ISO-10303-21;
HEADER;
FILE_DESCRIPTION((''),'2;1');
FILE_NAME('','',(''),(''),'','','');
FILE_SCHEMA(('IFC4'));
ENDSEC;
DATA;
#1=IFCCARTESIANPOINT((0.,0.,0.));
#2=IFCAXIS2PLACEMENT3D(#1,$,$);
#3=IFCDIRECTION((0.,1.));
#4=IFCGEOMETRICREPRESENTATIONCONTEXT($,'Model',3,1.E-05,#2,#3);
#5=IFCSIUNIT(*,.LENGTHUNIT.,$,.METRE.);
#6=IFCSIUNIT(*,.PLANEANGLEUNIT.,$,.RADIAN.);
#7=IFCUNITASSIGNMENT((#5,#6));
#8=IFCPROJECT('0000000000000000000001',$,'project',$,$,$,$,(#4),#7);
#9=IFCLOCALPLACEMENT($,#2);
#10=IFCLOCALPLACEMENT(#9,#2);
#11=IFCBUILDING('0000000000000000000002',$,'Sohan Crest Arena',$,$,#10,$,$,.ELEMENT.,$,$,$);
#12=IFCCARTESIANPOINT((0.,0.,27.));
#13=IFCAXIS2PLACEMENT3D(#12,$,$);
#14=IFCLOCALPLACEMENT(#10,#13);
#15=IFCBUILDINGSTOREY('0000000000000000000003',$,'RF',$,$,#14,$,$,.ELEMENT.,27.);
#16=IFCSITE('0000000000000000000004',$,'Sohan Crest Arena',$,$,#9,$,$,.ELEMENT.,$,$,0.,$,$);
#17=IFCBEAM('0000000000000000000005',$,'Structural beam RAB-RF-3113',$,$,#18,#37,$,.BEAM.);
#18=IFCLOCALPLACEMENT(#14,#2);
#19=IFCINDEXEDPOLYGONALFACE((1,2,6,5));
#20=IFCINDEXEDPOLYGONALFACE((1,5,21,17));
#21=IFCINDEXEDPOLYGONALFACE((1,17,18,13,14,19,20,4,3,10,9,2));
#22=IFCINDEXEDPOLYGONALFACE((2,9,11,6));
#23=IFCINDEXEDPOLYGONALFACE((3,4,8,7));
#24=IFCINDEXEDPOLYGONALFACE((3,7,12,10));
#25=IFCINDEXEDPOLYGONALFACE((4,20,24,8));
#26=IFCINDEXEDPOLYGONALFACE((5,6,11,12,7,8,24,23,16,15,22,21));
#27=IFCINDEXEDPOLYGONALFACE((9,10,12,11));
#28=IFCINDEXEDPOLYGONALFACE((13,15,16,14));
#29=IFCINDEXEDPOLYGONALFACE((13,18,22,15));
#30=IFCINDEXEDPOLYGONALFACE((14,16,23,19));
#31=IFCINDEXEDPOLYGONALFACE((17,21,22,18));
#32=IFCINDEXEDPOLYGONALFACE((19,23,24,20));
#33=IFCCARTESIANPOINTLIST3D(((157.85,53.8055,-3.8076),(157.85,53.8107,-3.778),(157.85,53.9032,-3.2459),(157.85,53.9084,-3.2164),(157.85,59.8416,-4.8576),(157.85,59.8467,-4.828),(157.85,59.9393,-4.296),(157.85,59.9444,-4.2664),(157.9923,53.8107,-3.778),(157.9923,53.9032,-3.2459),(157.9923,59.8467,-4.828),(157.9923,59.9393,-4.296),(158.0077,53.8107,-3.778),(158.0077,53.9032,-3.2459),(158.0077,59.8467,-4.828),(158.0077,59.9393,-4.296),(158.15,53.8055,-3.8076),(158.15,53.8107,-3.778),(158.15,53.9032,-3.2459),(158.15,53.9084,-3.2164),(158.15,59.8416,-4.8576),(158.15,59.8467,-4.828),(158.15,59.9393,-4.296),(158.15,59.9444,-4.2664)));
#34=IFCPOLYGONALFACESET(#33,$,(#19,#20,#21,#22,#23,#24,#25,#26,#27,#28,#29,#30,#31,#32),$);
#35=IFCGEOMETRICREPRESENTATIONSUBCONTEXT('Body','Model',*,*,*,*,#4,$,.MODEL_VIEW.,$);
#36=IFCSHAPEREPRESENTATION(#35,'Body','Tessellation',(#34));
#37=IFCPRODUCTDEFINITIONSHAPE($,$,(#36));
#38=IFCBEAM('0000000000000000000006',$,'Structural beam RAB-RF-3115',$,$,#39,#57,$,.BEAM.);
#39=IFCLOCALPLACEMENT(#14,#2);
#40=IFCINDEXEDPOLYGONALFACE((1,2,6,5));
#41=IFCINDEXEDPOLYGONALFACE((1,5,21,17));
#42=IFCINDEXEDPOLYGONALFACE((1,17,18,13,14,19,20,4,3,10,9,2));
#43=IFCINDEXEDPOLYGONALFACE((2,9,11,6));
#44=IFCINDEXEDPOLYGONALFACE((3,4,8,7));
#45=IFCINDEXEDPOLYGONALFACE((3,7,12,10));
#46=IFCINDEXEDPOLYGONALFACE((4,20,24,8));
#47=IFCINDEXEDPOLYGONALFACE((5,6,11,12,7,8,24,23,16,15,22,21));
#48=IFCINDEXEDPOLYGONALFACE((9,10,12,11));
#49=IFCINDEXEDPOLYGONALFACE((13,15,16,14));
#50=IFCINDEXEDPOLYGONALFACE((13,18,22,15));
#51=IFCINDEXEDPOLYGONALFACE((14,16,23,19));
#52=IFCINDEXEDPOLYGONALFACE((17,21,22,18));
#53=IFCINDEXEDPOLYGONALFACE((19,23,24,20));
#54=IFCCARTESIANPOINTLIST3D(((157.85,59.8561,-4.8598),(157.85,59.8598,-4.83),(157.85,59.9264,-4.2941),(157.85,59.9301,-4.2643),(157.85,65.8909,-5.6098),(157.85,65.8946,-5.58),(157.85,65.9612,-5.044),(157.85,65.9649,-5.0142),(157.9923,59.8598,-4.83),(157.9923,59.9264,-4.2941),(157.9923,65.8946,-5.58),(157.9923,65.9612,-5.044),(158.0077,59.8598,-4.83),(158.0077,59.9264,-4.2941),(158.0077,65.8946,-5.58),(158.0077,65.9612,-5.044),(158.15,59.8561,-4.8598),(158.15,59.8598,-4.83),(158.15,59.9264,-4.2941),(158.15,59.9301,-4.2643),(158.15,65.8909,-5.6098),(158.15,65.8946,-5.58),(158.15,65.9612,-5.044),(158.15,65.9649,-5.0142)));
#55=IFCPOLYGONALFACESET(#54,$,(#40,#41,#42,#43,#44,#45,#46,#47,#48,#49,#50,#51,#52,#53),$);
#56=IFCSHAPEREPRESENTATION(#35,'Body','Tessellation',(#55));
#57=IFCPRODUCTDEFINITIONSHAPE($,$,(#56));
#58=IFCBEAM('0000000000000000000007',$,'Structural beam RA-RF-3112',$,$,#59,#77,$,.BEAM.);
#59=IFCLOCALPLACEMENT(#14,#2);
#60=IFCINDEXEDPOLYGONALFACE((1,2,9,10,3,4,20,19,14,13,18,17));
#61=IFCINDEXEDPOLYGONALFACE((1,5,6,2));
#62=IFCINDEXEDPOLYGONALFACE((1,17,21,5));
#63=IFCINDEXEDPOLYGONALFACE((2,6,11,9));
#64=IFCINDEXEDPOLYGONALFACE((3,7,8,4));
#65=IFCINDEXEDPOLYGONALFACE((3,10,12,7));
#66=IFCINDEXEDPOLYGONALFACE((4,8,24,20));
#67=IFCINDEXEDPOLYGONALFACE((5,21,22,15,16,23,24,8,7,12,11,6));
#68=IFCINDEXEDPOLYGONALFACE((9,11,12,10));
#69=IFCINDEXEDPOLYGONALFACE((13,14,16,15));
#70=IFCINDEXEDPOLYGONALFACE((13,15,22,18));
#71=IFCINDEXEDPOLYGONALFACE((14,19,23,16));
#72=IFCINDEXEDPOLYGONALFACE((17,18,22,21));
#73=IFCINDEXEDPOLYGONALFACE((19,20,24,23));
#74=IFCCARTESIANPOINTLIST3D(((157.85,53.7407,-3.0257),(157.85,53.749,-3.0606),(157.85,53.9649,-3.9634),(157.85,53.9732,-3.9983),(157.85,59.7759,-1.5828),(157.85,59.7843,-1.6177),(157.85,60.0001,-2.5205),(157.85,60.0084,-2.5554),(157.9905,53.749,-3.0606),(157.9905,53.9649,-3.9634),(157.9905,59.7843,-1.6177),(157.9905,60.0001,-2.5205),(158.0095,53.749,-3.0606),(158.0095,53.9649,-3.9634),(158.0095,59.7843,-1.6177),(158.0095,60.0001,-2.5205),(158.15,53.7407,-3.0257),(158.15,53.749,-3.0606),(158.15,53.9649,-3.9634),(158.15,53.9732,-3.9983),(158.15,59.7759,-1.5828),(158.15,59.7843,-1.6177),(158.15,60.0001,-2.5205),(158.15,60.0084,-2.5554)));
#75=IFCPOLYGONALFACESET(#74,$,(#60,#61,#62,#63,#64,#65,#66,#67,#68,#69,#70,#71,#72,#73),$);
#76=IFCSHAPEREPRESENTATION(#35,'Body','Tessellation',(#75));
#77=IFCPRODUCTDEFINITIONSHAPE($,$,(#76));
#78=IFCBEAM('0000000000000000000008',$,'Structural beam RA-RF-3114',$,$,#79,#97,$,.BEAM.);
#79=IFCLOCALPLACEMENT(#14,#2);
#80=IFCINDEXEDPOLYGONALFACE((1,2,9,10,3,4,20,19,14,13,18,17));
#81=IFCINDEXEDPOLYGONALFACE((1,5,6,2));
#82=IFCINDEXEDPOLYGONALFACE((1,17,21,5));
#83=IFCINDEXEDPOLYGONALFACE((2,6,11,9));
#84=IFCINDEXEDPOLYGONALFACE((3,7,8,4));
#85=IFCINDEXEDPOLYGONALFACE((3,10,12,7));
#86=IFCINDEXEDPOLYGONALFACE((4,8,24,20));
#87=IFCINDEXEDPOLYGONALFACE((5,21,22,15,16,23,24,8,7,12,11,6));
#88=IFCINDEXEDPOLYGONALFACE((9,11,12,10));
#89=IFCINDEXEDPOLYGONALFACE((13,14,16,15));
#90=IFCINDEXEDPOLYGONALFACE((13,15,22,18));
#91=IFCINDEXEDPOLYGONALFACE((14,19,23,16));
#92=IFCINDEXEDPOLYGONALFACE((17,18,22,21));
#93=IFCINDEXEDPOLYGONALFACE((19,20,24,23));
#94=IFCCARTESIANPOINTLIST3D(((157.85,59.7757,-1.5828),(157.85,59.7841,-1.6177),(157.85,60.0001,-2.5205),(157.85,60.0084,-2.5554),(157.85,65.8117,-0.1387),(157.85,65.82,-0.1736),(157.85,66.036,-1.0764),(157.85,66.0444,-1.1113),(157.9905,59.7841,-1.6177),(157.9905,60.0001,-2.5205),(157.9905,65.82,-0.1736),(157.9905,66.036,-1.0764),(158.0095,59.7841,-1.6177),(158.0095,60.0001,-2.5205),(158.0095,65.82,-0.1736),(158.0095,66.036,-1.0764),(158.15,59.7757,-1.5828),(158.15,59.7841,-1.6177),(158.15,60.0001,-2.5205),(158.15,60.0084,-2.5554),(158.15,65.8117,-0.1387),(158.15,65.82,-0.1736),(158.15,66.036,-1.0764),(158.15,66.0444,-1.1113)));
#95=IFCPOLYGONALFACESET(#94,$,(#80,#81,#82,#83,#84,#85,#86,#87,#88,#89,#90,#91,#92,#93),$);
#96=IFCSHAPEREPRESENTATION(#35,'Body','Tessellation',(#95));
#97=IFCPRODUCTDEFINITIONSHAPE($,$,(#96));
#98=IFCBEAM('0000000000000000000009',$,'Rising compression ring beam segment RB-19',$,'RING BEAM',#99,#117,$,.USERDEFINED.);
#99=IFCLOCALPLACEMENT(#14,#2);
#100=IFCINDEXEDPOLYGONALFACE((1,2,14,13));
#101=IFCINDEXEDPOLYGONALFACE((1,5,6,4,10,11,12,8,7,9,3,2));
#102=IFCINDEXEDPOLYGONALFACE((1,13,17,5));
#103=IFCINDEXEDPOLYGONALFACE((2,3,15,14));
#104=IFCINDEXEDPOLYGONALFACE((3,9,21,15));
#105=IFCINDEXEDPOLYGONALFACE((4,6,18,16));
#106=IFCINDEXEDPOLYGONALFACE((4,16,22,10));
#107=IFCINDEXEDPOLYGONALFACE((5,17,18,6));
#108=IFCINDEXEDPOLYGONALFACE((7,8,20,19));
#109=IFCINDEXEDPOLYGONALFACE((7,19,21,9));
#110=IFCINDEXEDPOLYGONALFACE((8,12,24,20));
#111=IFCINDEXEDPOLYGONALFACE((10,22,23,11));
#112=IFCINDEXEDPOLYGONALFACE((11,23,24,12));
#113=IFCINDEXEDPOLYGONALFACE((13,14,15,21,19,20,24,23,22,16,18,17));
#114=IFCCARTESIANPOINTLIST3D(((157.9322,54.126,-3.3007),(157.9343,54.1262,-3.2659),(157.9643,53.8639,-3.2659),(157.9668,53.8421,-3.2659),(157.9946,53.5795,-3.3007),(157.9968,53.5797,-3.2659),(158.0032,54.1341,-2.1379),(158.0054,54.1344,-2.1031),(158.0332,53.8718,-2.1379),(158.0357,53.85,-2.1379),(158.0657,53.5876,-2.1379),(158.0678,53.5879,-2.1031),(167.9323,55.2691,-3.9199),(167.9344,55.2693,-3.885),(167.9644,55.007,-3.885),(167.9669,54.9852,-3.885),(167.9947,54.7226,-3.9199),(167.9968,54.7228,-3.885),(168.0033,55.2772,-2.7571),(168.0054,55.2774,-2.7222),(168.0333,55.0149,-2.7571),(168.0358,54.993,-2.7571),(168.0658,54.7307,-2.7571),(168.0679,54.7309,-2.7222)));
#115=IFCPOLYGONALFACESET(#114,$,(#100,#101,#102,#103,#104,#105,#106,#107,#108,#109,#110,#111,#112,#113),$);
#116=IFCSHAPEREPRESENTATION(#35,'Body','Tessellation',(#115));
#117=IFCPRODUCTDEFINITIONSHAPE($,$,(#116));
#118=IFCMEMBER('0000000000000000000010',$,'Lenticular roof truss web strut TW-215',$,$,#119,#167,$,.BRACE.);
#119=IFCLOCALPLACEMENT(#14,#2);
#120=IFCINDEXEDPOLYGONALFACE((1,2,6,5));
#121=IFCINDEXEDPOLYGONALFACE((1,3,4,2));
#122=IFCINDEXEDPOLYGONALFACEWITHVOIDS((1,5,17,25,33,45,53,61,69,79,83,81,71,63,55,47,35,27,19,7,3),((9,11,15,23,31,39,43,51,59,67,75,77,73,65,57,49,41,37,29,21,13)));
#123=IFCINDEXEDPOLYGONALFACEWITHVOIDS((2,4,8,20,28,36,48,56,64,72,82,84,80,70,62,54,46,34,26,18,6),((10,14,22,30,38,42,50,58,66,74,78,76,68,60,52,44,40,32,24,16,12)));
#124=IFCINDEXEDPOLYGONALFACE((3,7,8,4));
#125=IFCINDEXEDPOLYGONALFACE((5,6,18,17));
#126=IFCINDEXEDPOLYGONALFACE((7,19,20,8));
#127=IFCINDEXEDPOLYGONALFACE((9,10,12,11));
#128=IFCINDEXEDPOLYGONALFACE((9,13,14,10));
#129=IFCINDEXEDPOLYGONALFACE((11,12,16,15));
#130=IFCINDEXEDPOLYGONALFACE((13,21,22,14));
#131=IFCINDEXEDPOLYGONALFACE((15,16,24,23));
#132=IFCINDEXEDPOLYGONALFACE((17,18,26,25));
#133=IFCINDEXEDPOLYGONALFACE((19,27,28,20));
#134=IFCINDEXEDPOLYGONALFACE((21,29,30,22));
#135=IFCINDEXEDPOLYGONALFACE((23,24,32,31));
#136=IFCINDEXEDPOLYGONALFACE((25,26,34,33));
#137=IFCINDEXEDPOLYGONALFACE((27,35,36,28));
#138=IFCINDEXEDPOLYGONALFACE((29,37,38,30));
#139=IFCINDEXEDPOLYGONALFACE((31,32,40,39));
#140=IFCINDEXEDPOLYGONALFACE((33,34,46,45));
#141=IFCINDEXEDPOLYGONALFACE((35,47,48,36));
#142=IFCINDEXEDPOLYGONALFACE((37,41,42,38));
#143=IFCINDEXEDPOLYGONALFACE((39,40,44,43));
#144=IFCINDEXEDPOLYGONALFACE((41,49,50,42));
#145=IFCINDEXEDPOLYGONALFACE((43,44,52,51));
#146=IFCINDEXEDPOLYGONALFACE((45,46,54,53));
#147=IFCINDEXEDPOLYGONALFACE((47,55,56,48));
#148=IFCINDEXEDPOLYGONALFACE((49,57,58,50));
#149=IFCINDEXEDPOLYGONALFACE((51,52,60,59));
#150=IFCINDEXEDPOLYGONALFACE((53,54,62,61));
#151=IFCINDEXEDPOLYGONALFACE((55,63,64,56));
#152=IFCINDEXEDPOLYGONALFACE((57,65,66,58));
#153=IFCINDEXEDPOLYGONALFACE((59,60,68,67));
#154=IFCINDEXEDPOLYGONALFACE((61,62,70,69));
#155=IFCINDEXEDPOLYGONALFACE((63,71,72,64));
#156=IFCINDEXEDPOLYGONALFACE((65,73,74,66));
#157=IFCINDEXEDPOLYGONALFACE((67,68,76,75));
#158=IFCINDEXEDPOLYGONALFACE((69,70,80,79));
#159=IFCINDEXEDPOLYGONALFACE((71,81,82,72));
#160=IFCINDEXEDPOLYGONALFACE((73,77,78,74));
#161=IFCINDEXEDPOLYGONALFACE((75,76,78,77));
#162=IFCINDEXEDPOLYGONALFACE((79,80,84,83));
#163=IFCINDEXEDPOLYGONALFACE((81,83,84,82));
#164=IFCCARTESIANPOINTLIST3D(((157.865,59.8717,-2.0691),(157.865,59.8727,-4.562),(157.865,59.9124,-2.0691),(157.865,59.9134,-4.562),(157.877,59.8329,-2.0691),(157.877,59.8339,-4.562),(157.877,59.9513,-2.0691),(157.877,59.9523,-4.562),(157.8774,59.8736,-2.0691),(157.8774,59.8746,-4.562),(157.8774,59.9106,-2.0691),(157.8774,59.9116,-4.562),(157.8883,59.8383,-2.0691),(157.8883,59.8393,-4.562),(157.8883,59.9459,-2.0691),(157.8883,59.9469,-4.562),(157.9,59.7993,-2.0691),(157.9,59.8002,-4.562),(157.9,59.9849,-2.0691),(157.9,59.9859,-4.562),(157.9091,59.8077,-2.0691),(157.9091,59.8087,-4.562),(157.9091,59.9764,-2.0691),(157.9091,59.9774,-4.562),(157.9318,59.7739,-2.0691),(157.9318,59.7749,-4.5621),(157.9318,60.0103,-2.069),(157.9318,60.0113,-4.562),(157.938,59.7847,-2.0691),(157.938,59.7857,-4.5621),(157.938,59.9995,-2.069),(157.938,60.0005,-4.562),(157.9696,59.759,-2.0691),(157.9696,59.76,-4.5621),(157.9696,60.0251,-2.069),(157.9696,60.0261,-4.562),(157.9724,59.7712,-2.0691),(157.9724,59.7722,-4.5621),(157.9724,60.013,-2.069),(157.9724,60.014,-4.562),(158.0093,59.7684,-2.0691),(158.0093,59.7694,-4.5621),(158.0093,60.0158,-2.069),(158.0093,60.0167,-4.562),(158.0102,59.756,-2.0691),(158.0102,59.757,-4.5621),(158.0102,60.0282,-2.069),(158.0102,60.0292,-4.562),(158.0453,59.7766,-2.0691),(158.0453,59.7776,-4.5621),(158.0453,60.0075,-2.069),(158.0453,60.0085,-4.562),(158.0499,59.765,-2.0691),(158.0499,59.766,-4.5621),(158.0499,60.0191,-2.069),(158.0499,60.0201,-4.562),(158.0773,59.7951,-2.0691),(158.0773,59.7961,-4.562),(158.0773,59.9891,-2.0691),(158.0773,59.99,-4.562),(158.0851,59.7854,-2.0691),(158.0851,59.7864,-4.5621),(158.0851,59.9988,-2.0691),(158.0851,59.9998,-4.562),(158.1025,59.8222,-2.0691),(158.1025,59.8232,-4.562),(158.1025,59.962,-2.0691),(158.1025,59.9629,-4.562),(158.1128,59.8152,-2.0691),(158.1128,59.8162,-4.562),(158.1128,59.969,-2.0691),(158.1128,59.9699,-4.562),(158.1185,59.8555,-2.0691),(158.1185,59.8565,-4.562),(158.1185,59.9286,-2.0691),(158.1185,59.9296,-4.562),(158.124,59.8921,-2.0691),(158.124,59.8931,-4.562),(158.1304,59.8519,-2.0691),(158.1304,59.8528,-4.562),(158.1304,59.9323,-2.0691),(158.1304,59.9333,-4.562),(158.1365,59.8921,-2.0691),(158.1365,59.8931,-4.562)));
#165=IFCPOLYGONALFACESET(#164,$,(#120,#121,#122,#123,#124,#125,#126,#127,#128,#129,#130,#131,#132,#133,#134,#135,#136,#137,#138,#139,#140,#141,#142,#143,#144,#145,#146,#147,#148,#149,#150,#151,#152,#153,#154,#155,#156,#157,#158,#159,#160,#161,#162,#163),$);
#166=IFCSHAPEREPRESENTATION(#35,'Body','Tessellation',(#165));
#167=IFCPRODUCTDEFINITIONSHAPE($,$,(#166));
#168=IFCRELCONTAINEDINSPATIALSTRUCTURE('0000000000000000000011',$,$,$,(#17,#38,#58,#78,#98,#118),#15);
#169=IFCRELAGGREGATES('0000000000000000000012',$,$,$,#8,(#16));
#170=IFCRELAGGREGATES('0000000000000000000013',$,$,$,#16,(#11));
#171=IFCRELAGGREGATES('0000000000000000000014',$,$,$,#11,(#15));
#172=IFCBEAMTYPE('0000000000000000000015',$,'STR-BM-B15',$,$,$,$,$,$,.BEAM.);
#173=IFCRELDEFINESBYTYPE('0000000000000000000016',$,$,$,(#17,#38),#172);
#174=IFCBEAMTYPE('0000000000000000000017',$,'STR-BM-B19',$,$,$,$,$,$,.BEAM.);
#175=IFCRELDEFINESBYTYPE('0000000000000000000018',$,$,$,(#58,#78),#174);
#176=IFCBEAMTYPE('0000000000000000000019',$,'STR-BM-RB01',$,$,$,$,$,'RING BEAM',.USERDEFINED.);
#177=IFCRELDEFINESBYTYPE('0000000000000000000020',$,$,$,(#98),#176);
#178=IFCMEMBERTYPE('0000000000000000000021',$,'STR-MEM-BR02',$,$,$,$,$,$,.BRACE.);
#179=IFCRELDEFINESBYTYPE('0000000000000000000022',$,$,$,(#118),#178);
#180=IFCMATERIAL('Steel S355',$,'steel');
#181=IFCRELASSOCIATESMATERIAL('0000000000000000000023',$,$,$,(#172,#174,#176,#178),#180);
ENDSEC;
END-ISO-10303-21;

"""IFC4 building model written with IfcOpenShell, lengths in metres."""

from ifc_helpers import new_model, si_unit, direction, frame, origin, origin_2d, place, context, subcontext, project, spatial, hollow_circle, i_section, extrude, material, material_profile, profile_set, type_object, element, save


model = new_model("IFC4")

# Units and contexts
model_context = context("Model", 3, precision=1e-05, world=origin(), true_north=direction((0.0, 1.0)))
body_context = subcontext(model_context, "Body", "Model", "MODEL_VIEW")
ifc_project = project(units=[si_unit("LENGTHUNIT", "METRE"), si_unit("PLANEANGLEUNIT", "RADIAN")], contexts=[model_context])

# Site, building, storey
site_placement = place(None, origin())
site = spatial("IfcSite", under=ifc_project, at=site_placement, Name="Sohan Crest Arena", CompositionType="ELEMENT", RefElevation=0.0)
building_placement = place(site_placement, origin())
building = spatial("IfcBuilding", under=site, at=building_placement, Name="Sohan Crest Arena", CompositionType="ELEMENT")
storey_placement = place(building_placement, frame((0.0, 0.0, 27.0)))
storey = spatial("IfcBuildingStorey", under=building, at=storey_placement, Name="RF", CompositionType="ELEMENT", Elevation=27.0)

# Beams
ifc_material_1 = material(Name="Steel S355", Category="steel")
ifc_material_profile_1 = material_profile(ifc_material_1, i_section(OverallWidth=0.3, OverallDepth=0.6001, WebThickness=0.0154, FlangeThickness=0.03, at=origin_2d()), Name="HEB 600")
ifc_profile_set_1 = profile_set([ifc_material_profile_1], Name="Steel S355")
beam_type_1 = type_object("IfcBeamType", Name="STR-BM-B15", PredefinedType="BEAM", material=ifc_profile_set_1)
beam_1_placement = place(storey_placement, frame((158.0, 53.8569, -3.512), z_axis=(0.0, 0.985204, -0.171387), x_axis=(-1.0, 0.0, 0.0)))
element("IfcBeam", 1, at=beam_1_placement, inside=storey, type_object=beam_type_1, Name="Structural beam RAB-RF-3113", PredefinedType="BEAM", context=body_context, shape_type="SweptSolid", body=[
    extrude(i_section(OverallWidth=0.3, OverallDepth=0.6001, WebThickness=0.0154, FlangeThickness=0.03, at=origin_2d()), origin(), (0.0, 0.0, 1.0), 6.1267),
])
beam_2_placement = place(storey_placement, frame((158.0, 59.8931, -4.562), z_axis=(0.0, 0.992366, -0.123328), x_axis=(-1.0, 0.0, 0.0)))
element("IfcBeam", 2, at=beam_2_placement, inside=storey, type_object=beam_type_1, Name="Structural beam RAB-RF-3115", PredefinedType="BEAM", context=body_context, shape_type="SweptSolid", body=[
    extrude(i_section(OverallWidth=0.3, OverallDepth=0.6001, WebThickness=0.0154, FlangeThickness=0.03, at=origin_2d()), origin(), (0.0, 0.0, 1.0), 6.0813),
])
ifc_material_profile_2 = material_profile(ifc_material_1, i_section(OverallWidth=0.3, OverallDepth=1.0, WebThickness=0.019, FlangeThickness=0.0359, at=origin_2d()), Name="HEB 1000")
ifc_profile_set_2 = profile_set([ifc_material_profile_2], Name="Steel S355")
beam_type_2 = type_object("IfcBeamType", Name="STR-BM-B19", PredefinedType="BEAM", material=ifc_profile_set_2)
beam_3_placement = place(storey_placement, frame((158.0, 53.8569, -3.512), z_axis=(0.0, 0.97259, 0.232525), x_axis=(-1.0, 0.0, 0.0)))
element("IfcBeam", 3, at=beam_3_placement, inside=storey, type_object=beam_type_2, Name="Structural beam RA-RF-3112", PredefinedType="BEAM", context=body_context, shape_type="SweptSolid", body=[
    extrude(i_section(OverallWidth=0.3, OverallDepth=1.0, WebThickness=0.019, FlangeThickness=0.0359, at=origin_2d()), origin(), (0.0, 0.0, 1.0), 6.2053),
])
beam_4_placement = place(storey_placement, frame((158.0, 59.8921, -2.0691), z_axis=(0.0, 0.972552, 0.232684), x_axis=(-1.0, 0.0, 0.0)))
element("IfcBeam", 4, at=beam_4_placement, inside=storey, type_object=beam_type_2, Name="Structural beam RA-RF-3114", PredefinedType="BEAM", context=body_context, shape_type="SweptSolid", body=[
    extrude(i_section(OverallWidth=0.3, OverallDepth=1.0, WebThickness=0.019, FlangeThickness=0.0359, at=origin_2d()), origin(), (0.0, 0.0, 1.0), 6.2063),
])
ifc_material_profile_3 = material_profile(ifc_material_1, i_section(OverallWidth=0.55, OverallDepth=1.2, WebThickness=0.022, FlangeThickness=0.0349, at=origin_2d()), Name="PG 1200x550x22x35")
ifc_profile_set_3 = profile_set([ifc_material_profile_3], Name="Steel S355")
beam_type_3 = type_object("IfcBeamType", Name="STR-BM-RB01", ElementType="RING BEAM", PredefinedType="USERDEFINED", material=ifc_profile_set_3)
beam_5_placement = place(storey_placement, frame((158.0, 53.8569, -2.7019), z_axis=(0.991656, 0.113353, -0.061397), x_axis=(-0.113567, 0.99353, 0.0)))
element("IfcBeam", 5, at=beam_5_placement, inside=storey, type_object=beam_type_3, Name="Rising compression ring beam segment RB-19", ObjectType="RING BEAM", PredefinedType="USERDEFINED", context=body_context, shape_type="SweptSolid", body=[
    extrude(i_section(OverallWidth=0.55, OverallDepth=1.2, WebThickness=0.022, FlangeThickness=0.0349, at=origin_2d()), origin(), (0.0, 0.0, 1.0), 10.0842),
])

# Member
ifc_material_profile_4 = material_profile(ifc_material_1, hollow_circle(Radius=0.1365, WallThickness=0.0125, at=origin_2d()), Name="CHS 273x12.5")
ifc_profile_set_4 = profile_set([ifc_material_profile_4], Name="Steel S355")
member_type_1 = type_object("IfcMemberType", Name="STR-MEM-BR02", PredefinedType="BRACE", material=ifc_profile_set_4)
member_1_placement = place(storey_placement, frame((158.0, 59.8931, -4.562), z_axis=(0.0, -0.000392, 1.0), x_axis=(1.0, 0.0, 0.0)))
element("IfcMember", 6, at=member_1_placement, inside=storey, type_object=member_type_1, Name="Lenticular roof truss web strut TW-215", PredefinedType="BRACE", context=body_context, shape_type="SweptSolid", body=[
    extrude(hollow_circle(Radius=0.1365, WallThickness=0.0125, at=origin_2d()), origin(), (0.0, 0.0, 1.0), 2.4929),
])

save(model, "model.ifc")
